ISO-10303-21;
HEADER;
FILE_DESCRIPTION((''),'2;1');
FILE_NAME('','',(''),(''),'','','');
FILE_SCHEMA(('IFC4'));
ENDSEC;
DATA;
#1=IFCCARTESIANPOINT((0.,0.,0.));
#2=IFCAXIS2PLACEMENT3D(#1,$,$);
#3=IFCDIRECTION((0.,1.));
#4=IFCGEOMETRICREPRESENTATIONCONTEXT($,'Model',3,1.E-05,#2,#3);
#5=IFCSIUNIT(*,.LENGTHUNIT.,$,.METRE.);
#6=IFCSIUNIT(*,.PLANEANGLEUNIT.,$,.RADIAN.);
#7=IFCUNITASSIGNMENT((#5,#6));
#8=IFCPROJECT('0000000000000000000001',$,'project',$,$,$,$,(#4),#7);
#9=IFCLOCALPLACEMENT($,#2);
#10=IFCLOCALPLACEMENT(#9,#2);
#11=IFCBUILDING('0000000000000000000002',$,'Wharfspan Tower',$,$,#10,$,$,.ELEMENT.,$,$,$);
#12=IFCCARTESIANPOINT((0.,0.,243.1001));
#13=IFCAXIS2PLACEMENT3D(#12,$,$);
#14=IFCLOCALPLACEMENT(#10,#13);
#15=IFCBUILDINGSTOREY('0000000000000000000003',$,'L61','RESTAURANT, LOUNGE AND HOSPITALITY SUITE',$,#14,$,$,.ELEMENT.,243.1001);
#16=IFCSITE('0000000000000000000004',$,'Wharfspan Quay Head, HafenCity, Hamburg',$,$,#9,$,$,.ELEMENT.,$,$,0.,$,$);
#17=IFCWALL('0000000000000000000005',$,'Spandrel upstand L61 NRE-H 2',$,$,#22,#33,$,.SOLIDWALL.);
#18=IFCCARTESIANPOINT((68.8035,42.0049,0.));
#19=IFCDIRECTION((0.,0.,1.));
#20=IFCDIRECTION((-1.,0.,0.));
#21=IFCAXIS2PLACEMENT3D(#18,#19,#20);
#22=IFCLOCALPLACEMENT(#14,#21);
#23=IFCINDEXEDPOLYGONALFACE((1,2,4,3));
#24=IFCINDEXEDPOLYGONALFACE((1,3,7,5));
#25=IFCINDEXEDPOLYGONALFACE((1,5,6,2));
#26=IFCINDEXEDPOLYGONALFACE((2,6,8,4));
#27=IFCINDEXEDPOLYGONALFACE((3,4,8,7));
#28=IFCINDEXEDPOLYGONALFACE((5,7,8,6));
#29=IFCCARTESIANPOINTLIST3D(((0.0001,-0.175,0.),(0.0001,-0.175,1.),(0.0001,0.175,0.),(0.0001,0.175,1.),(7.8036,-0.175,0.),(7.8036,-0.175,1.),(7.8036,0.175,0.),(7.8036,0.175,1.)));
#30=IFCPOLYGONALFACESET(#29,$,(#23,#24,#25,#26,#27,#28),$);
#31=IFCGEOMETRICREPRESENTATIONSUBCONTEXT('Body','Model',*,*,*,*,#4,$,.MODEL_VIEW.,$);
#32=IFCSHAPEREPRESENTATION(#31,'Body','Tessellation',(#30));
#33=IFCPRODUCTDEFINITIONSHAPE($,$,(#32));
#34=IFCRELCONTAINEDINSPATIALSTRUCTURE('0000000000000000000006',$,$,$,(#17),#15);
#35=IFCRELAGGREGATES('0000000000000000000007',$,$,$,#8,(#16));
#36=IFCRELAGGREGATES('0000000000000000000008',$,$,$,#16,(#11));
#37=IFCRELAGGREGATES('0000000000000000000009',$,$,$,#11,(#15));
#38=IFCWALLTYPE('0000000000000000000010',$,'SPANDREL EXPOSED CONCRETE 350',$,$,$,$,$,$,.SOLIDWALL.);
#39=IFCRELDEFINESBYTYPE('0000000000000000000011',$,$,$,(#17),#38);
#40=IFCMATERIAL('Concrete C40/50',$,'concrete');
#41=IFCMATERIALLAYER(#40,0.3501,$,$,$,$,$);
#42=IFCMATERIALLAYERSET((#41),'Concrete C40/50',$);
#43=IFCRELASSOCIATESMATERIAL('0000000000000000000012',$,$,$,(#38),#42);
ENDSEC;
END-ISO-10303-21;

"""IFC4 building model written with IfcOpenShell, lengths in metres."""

from ifc_helpers import new_model, si_unit, direction, frame, frame_2d, origin, place, context, subcontext, project, spatial, rectangle, extrude, material, layer, layer_set, type_object, element, save


model = new_model("IFC4")

# Units and contexts
model_context = context("Model", 3, precision=1e-05, world=origin(), true_north=direction((0.0, 1.0)))
body_context = subcontext(model_context, "Body", "Model", "MODEL_VIEW")
ifc_project = project(units=[si_unit("LENGTHUNIT", "METRE"), si_unit("PLANEANGLEUNIT", "RADIAN")], contexts=[model_context])

# Site, building, storey
site_placement = place(None, origin())
site = spatial("IfcSite", under=ifc_project, at=site_placement, Name="Wharfspan Quay Head, HafenCity, Hamburg", CompositionType="ELEMENT", RefElevation=0.0)
building_placement = place(site_placement, origin())
building = spatial("IfcBuilding", under=site, at=building_placement, Name="Wharfspan Tower", CompositionType="ELEMENT")
storey_placement = place(building_placement, frame((0.0, 0.0, 243.1001)))
storey = spatial("IfcBuildingStorey", under=building, at=storey_placement, Name="L61", Description="RESTAURANT, LOUNGE AND HOSPITALITY SUITE", CompositionType="ELEMENT", Elevation=243.1001)

# Wall
ifc_material_1 = material(Name="Concrete C40/50", Category="concrete")
ifc_layer_1 = layer(ifc_material_1, 0.3501)
ifc_layer_set_1 = layer_set([ifc_layer_1], Name="Concrete C40/50")
wall_type_1 = type_object("IfcWallType", Name="SPANDREL EXPOSED CONCRETE 350", PredefinedType="SOLIDWALL", material=ifc_layer_set_1)
wall_1_placement = place(storey_placement, frame((68.8035, 42.0049, 0.0), z_axis=(0.0, 0.0, 1.0), x_axis=(-1.0, 0.0, 0.0)))
element("IfcWall", 1, at=wall_1_placement, inside=storey, type_object=wall_type_1, Name="Spandrel upstand L61 NRE-H 2", PredefinedType="SOLIDWALL", context=body_context, shape_type="SweptSolid", body=[
    extrude(rectangle(XDim=7.8035, YDim=0.3501, at=frame_2d((3.9019, 0.0))), origin(), (0.0, 0.0, 1.0), 1.0),
])

save(model, "model.ifc")
